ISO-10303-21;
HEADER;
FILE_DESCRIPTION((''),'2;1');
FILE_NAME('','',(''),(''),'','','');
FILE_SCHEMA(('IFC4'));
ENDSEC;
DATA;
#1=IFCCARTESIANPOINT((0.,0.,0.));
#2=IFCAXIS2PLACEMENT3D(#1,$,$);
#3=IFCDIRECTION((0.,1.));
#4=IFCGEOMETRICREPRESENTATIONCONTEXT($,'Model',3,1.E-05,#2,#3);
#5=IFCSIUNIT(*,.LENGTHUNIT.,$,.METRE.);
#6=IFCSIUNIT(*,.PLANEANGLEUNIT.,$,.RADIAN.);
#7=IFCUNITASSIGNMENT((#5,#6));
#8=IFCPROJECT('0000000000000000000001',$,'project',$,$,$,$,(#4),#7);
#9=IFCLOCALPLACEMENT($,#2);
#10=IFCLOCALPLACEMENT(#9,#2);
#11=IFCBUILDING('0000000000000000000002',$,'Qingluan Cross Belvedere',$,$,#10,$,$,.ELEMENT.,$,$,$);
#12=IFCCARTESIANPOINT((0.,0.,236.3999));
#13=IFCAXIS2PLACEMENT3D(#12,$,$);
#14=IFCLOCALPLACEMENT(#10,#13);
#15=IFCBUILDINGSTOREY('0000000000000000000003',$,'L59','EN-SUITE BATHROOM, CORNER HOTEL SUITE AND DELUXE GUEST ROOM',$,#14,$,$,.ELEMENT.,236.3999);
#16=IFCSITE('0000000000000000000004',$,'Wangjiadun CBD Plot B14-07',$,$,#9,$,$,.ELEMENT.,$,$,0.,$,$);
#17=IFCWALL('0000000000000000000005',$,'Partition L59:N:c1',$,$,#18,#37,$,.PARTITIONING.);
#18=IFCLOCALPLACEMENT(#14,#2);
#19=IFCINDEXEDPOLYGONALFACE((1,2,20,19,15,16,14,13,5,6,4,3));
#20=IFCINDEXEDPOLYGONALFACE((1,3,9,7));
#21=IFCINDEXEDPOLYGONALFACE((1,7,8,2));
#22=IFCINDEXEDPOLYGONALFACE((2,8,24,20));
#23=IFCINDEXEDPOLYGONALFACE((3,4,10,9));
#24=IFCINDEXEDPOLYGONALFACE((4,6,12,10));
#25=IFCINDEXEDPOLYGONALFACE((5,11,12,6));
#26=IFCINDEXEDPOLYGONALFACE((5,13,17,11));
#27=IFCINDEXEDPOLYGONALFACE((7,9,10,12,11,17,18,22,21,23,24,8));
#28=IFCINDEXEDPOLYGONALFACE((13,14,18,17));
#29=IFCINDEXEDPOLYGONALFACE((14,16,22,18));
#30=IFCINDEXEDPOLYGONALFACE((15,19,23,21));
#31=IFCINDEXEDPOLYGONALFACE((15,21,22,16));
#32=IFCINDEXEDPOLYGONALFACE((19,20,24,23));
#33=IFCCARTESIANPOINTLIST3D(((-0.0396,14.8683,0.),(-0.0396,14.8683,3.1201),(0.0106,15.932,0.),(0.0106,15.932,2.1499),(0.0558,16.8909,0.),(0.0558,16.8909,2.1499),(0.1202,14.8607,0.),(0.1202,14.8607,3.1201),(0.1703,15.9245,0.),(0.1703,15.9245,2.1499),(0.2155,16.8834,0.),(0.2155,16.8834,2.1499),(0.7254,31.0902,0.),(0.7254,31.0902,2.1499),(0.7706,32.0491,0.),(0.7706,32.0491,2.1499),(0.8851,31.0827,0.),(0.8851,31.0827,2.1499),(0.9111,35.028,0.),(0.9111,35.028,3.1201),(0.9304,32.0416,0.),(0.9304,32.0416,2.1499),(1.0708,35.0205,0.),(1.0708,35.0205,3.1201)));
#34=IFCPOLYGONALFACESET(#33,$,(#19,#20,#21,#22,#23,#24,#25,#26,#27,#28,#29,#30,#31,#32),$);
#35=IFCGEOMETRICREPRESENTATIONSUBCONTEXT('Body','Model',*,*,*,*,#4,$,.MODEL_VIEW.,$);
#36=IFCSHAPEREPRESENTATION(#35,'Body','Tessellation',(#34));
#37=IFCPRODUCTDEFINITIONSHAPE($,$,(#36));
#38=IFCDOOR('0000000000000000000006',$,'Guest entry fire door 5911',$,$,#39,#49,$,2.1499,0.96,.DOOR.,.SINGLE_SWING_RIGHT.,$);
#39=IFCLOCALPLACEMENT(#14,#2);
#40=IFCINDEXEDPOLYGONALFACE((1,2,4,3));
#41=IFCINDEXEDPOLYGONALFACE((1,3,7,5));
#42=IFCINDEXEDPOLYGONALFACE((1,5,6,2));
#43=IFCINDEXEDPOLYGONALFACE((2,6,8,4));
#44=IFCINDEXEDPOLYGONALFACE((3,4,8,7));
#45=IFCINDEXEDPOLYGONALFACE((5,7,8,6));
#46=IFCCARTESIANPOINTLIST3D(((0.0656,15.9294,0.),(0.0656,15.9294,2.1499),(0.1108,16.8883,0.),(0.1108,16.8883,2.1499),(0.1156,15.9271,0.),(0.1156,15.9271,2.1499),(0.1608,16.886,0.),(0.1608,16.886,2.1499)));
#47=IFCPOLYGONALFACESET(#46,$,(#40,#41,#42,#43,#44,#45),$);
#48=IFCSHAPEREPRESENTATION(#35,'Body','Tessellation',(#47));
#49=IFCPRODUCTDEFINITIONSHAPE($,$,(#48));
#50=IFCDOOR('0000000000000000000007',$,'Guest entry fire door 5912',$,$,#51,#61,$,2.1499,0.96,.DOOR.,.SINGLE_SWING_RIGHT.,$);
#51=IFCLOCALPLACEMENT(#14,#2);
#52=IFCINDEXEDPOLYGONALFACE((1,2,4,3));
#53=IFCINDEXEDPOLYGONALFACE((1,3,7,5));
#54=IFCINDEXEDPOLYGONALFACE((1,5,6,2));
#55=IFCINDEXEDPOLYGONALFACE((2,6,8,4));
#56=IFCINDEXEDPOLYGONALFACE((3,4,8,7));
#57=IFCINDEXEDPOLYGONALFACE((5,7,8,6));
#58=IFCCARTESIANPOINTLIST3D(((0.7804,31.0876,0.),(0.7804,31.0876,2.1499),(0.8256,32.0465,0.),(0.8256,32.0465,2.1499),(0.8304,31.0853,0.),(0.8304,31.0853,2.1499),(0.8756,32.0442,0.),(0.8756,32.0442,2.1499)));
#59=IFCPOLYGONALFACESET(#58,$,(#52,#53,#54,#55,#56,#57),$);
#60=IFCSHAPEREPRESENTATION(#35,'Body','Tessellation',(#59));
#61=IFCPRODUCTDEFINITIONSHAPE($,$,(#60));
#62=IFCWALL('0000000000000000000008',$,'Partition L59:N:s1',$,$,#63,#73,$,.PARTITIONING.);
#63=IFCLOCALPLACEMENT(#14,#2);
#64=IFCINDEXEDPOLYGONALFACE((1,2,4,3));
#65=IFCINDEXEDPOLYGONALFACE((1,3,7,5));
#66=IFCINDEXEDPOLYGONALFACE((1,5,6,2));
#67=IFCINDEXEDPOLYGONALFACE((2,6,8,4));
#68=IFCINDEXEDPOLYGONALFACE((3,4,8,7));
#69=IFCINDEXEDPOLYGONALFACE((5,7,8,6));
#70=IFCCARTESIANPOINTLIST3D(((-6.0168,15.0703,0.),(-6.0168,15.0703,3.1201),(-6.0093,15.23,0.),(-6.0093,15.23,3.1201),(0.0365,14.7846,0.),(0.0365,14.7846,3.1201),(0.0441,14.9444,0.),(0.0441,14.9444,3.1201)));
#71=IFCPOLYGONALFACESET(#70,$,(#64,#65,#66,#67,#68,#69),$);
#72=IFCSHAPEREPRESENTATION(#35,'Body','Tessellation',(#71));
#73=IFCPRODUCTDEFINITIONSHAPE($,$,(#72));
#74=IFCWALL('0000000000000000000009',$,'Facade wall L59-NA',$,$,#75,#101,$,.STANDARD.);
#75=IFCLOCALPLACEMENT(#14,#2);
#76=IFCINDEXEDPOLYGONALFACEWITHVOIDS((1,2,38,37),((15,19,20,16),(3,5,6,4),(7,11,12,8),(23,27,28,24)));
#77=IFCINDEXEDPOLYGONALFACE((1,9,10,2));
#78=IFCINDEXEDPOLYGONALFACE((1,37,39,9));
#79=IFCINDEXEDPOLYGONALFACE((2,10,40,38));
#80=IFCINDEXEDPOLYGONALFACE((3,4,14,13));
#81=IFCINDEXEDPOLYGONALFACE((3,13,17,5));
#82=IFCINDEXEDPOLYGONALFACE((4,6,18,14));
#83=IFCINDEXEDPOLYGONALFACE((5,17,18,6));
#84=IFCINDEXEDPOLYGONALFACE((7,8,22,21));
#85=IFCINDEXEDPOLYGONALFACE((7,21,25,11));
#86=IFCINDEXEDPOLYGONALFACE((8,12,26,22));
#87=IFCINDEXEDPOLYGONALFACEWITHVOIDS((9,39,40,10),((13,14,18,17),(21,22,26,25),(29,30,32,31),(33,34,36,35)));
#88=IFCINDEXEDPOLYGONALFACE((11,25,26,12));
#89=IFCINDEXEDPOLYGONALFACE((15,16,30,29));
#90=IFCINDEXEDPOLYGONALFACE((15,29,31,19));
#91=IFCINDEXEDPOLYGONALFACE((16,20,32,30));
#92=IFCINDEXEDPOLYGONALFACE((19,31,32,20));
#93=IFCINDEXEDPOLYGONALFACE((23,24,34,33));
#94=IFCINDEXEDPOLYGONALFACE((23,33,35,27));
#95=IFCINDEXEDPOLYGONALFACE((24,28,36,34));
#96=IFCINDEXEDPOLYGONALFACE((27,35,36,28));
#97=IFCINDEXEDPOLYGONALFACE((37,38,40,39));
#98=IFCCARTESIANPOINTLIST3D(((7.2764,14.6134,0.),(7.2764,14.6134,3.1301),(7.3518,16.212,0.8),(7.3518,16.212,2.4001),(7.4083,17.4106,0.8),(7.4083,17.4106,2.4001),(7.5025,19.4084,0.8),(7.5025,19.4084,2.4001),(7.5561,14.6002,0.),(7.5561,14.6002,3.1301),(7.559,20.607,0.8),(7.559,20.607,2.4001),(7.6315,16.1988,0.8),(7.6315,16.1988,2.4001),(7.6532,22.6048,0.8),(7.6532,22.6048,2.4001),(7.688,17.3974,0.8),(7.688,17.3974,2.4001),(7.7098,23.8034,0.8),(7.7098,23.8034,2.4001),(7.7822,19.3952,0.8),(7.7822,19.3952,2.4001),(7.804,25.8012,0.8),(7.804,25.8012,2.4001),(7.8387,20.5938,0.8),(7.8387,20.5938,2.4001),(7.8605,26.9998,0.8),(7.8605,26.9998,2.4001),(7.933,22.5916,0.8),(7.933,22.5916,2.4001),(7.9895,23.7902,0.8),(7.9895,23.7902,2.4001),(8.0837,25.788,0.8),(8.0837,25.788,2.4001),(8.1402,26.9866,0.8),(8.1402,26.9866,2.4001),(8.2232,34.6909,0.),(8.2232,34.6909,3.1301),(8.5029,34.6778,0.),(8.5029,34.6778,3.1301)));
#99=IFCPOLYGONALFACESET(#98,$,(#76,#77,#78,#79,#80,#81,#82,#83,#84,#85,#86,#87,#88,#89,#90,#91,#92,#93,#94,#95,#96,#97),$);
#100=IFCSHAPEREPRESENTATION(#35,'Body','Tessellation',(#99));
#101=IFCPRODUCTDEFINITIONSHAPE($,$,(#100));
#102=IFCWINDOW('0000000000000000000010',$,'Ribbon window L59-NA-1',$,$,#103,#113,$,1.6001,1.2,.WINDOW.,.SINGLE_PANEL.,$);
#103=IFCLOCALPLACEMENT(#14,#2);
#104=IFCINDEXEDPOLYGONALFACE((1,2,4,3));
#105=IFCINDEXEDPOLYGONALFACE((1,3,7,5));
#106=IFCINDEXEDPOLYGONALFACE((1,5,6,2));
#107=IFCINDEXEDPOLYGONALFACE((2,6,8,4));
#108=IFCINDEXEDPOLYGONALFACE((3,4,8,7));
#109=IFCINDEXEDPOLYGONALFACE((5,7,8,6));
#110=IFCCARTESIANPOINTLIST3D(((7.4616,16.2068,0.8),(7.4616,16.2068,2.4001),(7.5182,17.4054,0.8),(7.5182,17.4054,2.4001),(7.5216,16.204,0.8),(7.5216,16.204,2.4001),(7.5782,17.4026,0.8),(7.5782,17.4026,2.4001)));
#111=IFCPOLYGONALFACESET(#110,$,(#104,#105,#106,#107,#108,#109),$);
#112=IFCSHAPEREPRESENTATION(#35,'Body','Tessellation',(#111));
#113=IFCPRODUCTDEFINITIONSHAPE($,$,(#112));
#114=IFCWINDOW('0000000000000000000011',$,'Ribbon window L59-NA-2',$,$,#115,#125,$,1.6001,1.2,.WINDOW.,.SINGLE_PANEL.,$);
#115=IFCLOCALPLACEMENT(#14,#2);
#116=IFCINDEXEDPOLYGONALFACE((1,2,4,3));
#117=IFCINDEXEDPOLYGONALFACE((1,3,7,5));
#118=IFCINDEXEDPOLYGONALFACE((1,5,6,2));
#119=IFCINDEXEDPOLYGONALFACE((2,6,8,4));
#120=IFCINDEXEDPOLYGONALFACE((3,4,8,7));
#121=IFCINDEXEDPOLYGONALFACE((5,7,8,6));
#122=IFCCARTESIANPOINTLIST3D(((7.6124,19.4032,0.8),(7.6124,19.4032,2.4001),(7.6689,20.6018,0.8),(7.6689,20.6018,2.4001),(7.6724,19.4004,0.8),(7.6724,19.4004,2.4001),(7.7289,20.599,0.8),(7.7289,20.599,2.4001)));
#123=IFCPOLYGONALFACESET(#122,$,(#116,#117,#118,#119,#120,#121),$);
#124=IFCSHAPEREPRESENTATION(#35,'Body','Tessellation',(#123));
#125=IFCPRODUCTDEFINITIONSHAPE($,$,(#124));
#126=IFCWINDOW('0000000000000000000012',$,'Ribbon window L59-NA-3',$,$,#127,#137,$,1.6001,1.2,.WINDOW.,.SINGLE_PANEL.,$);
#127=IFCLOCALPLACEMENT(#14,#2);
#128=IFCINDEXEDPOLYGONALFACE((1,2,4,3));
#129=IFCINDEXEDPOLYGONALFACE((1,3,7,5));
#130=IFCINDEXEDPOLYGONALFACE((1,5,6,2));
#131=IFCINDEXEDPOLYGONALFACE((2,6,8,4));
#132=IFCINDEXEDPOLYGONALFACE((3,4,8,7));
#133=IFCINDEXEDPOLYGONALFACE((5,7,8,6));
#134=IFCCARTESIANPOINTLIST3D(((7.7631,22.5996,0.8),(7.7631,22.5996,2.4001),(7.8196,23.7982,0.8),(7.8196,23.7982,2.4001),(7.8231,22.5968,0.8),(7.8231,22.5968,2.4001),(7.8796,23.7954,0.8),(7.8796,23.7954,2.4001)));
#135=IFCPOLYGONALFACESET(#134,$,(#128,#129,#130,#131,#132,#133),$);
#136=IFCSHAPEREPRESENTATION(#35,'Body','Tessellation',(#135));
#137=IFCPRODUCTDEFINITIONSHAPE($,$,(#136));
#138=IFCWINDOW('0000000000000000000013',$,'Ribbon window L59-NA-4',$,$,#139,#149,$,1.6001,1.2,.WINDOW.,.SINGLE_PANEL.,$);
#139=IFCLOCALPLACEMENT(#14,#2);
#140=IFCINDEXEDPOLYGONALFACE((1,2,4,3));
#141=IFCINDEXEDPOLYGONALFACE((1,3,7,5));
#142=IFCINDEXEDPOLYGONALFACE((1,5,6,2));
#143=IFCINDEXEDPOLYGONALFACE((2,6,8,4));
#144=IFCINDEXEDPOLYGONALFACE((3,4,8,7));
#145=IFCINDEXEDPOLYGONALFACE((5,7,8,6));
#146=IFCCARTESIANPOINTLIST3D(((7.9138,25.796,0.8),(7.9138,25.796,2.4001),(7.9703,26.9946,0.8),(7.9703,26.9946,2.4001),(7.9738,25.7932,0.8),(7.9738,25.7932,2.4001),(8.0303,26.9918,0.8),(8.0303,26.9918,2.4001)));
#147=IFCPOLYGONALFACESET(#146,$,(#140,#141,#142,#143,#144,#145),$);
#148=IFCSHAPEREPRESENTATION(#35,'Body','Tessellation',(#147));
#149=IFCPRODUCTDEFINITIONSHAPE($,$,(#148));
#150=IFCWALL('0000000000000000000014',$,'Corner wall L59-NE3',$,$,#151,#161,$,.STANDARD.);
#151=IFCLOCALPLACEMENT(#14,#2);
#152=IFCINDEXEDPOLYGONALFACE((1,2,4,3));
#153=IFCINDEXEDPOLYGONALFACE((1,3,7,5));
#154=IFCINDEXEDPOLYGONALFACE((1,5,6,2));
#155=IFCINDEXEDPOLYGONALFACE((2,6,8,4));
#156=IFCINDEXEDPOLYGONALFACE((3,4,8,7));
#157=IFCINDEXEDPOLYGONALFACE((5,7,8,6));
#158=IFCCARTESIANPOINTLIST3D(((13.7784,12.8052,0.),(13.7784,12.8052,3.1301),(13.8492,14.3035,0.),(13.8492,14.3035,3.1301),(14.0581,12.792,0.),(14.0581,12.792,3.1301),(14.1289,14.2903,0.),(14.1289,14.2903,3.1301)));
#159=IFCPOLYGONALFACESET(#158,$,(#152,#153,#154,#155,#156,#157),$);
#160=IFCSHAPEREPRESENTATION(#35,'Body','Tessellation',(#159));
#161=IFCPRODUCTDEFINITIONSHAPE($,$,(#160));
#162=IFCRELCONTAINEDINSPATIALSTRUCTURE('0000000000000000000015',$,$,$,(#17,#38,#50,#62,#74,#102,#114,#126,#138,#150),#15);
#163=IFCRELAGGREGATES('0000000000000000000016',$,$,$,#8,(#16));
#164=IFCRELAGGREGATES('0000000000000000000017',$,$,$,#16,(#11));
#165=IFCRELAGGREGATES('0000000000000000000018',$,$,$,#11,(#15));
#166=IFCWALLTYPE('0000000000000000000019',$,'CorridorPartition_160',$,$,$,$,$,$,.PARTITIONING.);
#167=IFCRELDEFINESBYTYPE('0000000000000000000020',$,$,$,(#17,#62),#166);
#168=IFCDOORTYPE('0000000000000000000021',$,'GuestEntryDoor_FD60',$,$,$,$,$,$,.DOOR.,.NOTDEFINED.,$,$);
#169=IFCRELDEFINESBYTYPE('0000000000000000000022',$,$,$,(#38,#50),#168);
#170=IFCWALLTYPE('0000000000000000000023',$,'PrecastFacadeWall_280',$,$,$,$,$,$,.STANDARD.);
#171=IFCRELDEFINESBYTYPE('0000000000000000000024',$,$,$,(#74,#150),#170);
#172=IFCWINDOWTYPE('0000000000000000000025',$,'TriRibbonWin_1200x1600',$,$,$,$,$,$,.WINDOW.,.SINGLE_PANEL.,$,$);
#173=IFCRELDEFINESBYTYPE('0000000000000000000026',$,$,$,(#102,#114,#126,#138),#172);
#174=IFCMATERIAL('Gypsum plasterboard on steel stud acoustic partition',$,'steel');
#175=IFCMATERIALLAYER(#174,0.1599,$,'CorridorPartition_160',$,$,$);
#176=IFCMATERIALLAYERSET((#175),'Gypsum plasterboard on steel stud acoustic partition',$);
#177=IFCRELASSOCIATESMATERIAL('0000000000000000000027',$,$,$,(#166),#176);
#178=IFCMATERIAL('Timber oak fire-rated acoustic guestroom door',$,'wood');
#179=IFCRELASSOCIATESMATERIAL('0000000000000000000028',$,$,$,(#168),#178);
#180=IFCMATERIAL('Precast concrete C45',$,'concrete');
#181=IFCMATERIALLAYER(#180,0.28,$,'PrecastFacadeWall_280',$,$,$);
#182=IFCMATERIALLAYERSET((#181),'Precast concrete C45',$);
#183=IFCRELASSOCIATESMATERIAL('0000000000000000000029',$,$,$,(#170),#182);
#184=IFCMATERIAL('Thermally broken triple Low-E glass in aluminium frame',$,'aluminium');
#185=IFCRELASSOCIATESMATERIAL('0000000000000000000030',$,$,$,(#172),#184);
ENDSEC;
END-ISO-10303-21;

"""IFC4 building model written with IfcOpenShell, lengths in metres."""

from ifc_helpers import new_model, si_unit, direction, frame, frame_2d, origin, place, context, subcontext, project, spatial, rectangle, extrude, material, layer, layer_set, type_object, element, fill, save


model = new_model("IFC4")

# Units and contexts
model_context = context("Model", 3, precision=1e-05, world=origin(), true_north=direction((0.0, 1.0)))
body_context = subcontext(model_context, "Body", "Model", "MODEL_VIEW")
ifc_project = project(units=[si_unit("LENGTHUNIT", "METRE"), si_unit("PLANEANGLEUNIT", "RADIAN")], contexts=[model_context])

# Site, building, storey
site_placement = place(None, origin())
site = spatial("IfcSite", under=ifc_project, at=site_placement, Name="Wangjiadun CBD Plot B14-07", CompositionType="ELEMENT", RefElevation=0.0)
building_placement = place(site_placement, origin())
building = spatial("IfcBuilding", under=site, at=building_placement, Name="Qingluan Cross Belvedere", CompositionType="ELEMENT")
storey_placement = place(building_placement, frame((0.0, 0.0, 236.3999)))
storey = spatial("IfcBuildingStorey", under=building, at=storey_placement, Name="L59", Description="EN-SUITE BATHROOM, CORNER HOTEL SUITE AND DELUXE GUEST ROOM", CompositionType="ELEMENT", Elevation=236.3999)

# Shared definitions
ifc_material_1 = material(Name="Gypsum plasterboard on steel stud acoustic partition", Category="steel")
ifc_layer_1 = layer(ifc_material_1, 0.1599, Name="CorridorPartition_160")
ifc_layer_set_1 = layer_set([ifc_layer_1], Name="Gypsum plasterboard on steel stud acoustic partition")
wall_type_1 = type_object("IfcWallType", Name="CorridorPartition_160", PredefinedType="PARTITIONING", material=ifc_layer_set_1)

# Shared definitions
ifc_material_2 = material(Name="Timber oak fire-rated acoustic guestroom door", Category="wood")
door_type = type_object("IfcDoorType", Name="GuestEntryDoor_FD60", OperationType="NOTDEFINED", PredefinedType="DOOR", material=ifc_material_2)

# Wall, openings, doors
wall_1_placement = place(storey_placement, frame((0.0403, 14.8645, 0.0), z_axis=(0.0, 0.0, 1.0), x_axis=(0.047105, 0.99889, 0.0)))
wall_1 = element("IfcWall", 1, at=wall_1_placement, inside=storey, type_object=wall_type_1, Name="Partition L59:N:c1", PredefinedType="PARTITIONING", context=body_context, shape_type="SweptSolid", body=[
    extrude(rectangle(XDim=20.1821, YDim=0.1599, at=frame_2d((10.0911, 0.0))), origin(), (0.0, 0.0, 1.0), 3.1201),
])
opening_1_placement = place(wall_1_placement, frame((1.0649, 0.0, 0.0)))
opening_1 = element("IfcOpeningElement", 2, at=opening_1_placement, cuts=wall_1, PredefinedType="OPENING", context=body_context, shape_type="SweptSolid", body=[
    extrude(rectangle(XDim=0.96, YDim=2.1499, at=frame_2d((0.48, 1.075))), frame((0.0, 0.0898, 0.0), z_axis=(0.0, -1.0, 0.0), x_axis=(1.0, 0.0, 0.0)), (0.0, 0.0, 1.0), 0.1799),
])
opening_2_placement = place(wall_1_placement, frame((16.24, 0.0, 0.0)))
opening_2 = element("IfcOpeningElement", 3, at=opening_2_placement, cuts=wall_1, PredefinedType="OPENING", context=body_context, shape_type="SweptSolid", body=[
    extrude(rectangle(XDim=0.96, YDim=2.1499, at=frame_2d((0.48, 1.075))), frame((0.0, 0.0898, 0.0), z_axis=(0.0, -1.0, 0.0), x_axis=(1.0, 0.0, 0.0)), (0.0, 0.0, 1.0), 0.1799),
])
door_1_placement = place(opening_1_placement, origin())
door_1 = element("IfcDoor", 4, at=door_1_placement, inside=storey, type_object=door_type, Name="Guest entry fire door 5911", OperationType="SINGLE_SWING_RIGHT", OverallHeight=2.1499, OverallWidth=0.96, PredefinedType="DOOR", context=body_context, shape_type="SweptSolid", body=[
    extrude(rectangle(XDim=0.96, YDim=2.1499, at=frame_2d((0.48, 1.075))), frame((0.0, 0.0249, 0.0), z_axis=(0.0, -1.0, 0.0), x_axis=(1.0, 0.0, 0.0)), (0.0, 0.0, 1.0), 0.05),
])
fill(opening_1, door_1)
door_2_placement = place(opening_2_placement, origin())
door_2 = element("IfcDoor", 5, at=door_2_placement, inside=storey, type_object=door_type, Name="Guest entry fire door 5912", OperationType="SINGLE_SWING_RIGHT", OverallHeight=2.1499, OverallWidth=0.96, PredefinedType="DOOR", context=body_context, shape_type="SweptSolid", body=[
    extrude(rectangle(XDim=0.96, YDim=2.1499, at=frame_2d((0.48, 1.075))), frame((0.0, 0.0249, 0.0), z_axis=(0.0, -1.0, 0.0), x_axis=(1.0, 0.0, 0.0)), (0.0, 0.0, 1.0), 0.05),
])
fill(opening_2, door_2)

# Wall
wall_2_placement = place(storey_placement, frame((0.0403, 14.8645, 0.0), z_axis=(0.0, 0.0, 1.0), x_axis=(-0.998888, 0.047136, 0.0)))
element("IfcWall", 6, at=wall_2_placement, inside=storey, type_object=wall_type_1, Name="Partition L59:N:s1", PredefinedType="PARTITIONING", context=body_context, shape_type="SweptSolid", body=[
    extrude(rectangle(XDim=6.0601, YDim=0.1599, at=frame_2d((3.03, 0.0))), origin(), (0.0, 0.0, 1.0), 3.1201),
])

# Wall, openings, windows
ifc_material_3 = material(Name="Precast concrete C45", Category="concrete")
ifc_layer_2 = layer(ifc_material_3, 0.28, Name="PrecastFacadeWall_280")
ifc_layer_set_2 = layer_set([ifc_layer_2], Name="Precast concrete C45")
wall_type_2 = type_object("IfcWallType", Name="PrecastFacadeWall_280", PredefinedType="STANDARD", material=ifc_layer_set_2)
wall_3_placement = place(storey_placement, frame((7.4163, 14.6069, 0.0), z_axis=(0.0, 0.0, 1.0), x_axis=(0.047103, 0.99889, 0.0)))
wall_3 = element("IfcWall", 7, at=wall_3_placement, inside=storey, type_object=wall_type_2, Name="Facade wall L59-NA", PredefinedType="STANDARD", context=body_context, shape_type="SweptSolid", body=[
    extrude(rectangle(XDim=20.0999, YDim=0.28, at=frame_2d((10.0498, 0.0))), origin(), (0.0, 0.0, 1.0), 3.1301),
])
opening_3_placement = place(wall_3_placement, frame((1.6001, 0.0, 0.8)))
opening_3 = element("IfcOpeningElement", 8, at=opening_3_placement, cuts=wall_3, PredefinedType="OPENING", context=body_context, shape_type="SweptSolid", body=[
    extrude(rectangle(XDim=1.2, YDim=1.6001, at=frame_2d((0.6001, 0.8))), frame((0.0, 0.1499, 0.0), z_axis=(0.0, -1.0, 0.0), x_axis=(1.0, 0.0, 0.0)), (0.0, 0.0, 1.0), 0.3),
])
opening_4_placement = place(wall_3_placement, frame((4.8, 0.0, 0.8)))
opening_4 = element("IfcOpeningElement", 9, at=opening_4_placement, cuts=wall_3, PredefinedType="OPENING", context=body_context, shape_type="SweptSolid", body=[
    extrude(rectangle(XDim=1.2, YDim=1.6001, at=frame_2d((0.6001, 0.8))), frame((0.0, 0.1499, 0.0), z_axis=(0.0, -1.0, 0.0), x_axis=(1.0, 0.0, 0.0)), (0.0, 0.0, 1.0), 0.3),
])
opening_5_placement = place(wall_3_placement, frame((8.0, 0.0, 0.8)))
opening_5 = element("IfcOpeningElement", 10, at=opening_5_placement, cuts=wall_3, PredefinedType="OPENING", context=body_context, shape_type="SweptSolid", body=[
    extrude(rectangle(XDim=1.2, YDim=1.6001, at=frame_2d((0.6001, 0.8))), frame((0.0, 0.1499, 0.0), z_axis=(0.0, -1.0, 0.0), x_axis=(1.0, 0.0, 0.0)), (0.0, 0.0, 1.0), 0.3),
])
opening_6_placement = place(wall_3_placement, frame((11.2, 0.0, 0.8)))
opening_6 = element("IfcOpeningElement", 11, at=opening_6_placement, cuts=wall_3, PredefinedType="OPENING", context=body_context, shape_type="SweptSolid", body=[
    extrude(rectangle(XDim=1.2, YDim=1.6001, at=frame_2d((0.6001, 0.8))), frame((0.0, 0.1499, 0.0), z_axis=(0.0, -1.0, 0.0), x_axis=(1.0, 0.0, 0.0)), (0.0, 0.0, 1.0), 0.3),
])
ifc_material_4 = material(Name="Thermally broken triple Low-E glass in aluminium frame", Category="aluminium")
window_type = type_object("IfcWindowType", Name="TriRibbonWin_1200x1600", PartitioningType="SINGLE_PANEL", PredefinedType="WINDOW", material=ifc_material_4)
window_1_placement = place(opening_3_placement, origin())
window_1 = element("IfcWindow", 12, at=window_1_placement, inside=storey, type_object=window_type, Name="Ribbon window L59-NA-1", OverallHeight=1.6001, OverallWidth=1.2, PartitioningType="SINGLE_PANEL", PredefinedType="WINDOW", context=body_context, shape_type="SweptSolid", body=[
    extrude(rectangle(XDim=1.2, YDim=1.6001, at=frame_2d((0.6001, 0.8))), frame((0.0, 0.03, 0.0), z_axis=(0.0, -1.0, 0.0), x_axis=(1.0, 0.0, 0.0)), (0.0, 0.0, 1.0), 0.0601),
])
fill(opening_3, window_1)
window_2_placement = place(opening_4_placement, origin())
window_2 = element("IfcWindow", 13, at=window_2_placement, inside=storey, type_object=window_type, Name="Ribbon window L59-NA-2", OverallHeight=1.6001, OverallWidth=1.2, PartitioningType="SINGLE_PANEL", PredefinedType="WINDOW", context=body_context, shape_type="SweptSolid", body=[
    extrude(rectangle(XDim=1.2, YDim=1.6001, at=frame_2d((0.6001, 0.8))), frame((0.0, 0.03, 0.0), z_axis=(0.0, -1.0, 0.0), x_axis=(1.0, 0.0, 0.0)), (0.0, 0.0, 1.0), 0.0601),
])
fill(opening_4, window_2)
window_3_placement = place(opening_5_placement, origin())
window_3 = element("IfcWindow", 14, at=window_3_placement, inside=storey, type_object=window_type, Name="Ribbon window L59-NA-3", OverallHeight=1.6001, OverallWidth=1.2, PartitioningType="SINGLE_PANEL", PredefinedType="WINDOW", context=body_context, shape_type="SweptSolid", body=[
    extrude(rectangle(XDim=1.2, YDim=1.6001, at=frame_2d((0.6001, 0.8))), frame((0.0, 0.03, 0.0), z_axis=(0.0, -1.0, 0.0), x_axis=(1.0, 0.0, 0.0)), (0.0, 0.0, 1.0), 0.0601),
])
fill(opening_5, window_3)
window_4_placement = place(opening_6_placement, origin())
window_4 = element("IfcWindow", 15, at=window_4_placement, inside=storey, type_object=window_type, Name="Ribbon window L59-NA-4", OverallHeight=1.6001, OverallWidth=1.2, PartitioningType="SINGLE_PANEL", PredefinedType="WINDOW", context=body_context, shape_type="SweptSolid", body=[
    extrude(rectangle(XDim=1.2, YDim=1.6001, at=frame_2d((0.6001, 0.8))), frame((0.0, 0.03, 0.0), z_axis=(0.0, -1.0, 0.0), x_axis=(1.0, 0.0, 0.0)), (0.0, 0.0, 1.0), 0.0601),
])
fill(opening_6, window_4)

# Wall
wall_4_placement = place(storey_placement, frame((13.9182, 12.7986, 0.0), z_axis=(0.0, 0.0, 1.0), x_axis=(0.047202, 0.998885, 0.0)))
element("IfcWall", 16, at=wall_4_placement, inside=storey, type_object=wall_type_2, Name="Corner wall L59-NE3", PredefinedType="STANDARD", context=body_context, shape_type="SweptSolid", body=[
    extrude(rectangle(XDim=1.5, YDim=0.28, at=frame_2d((0.75, 0.0))), origin(), (0.0, 0.0, 1.0), 3.1301),
])

save(model, "model.ifc")
